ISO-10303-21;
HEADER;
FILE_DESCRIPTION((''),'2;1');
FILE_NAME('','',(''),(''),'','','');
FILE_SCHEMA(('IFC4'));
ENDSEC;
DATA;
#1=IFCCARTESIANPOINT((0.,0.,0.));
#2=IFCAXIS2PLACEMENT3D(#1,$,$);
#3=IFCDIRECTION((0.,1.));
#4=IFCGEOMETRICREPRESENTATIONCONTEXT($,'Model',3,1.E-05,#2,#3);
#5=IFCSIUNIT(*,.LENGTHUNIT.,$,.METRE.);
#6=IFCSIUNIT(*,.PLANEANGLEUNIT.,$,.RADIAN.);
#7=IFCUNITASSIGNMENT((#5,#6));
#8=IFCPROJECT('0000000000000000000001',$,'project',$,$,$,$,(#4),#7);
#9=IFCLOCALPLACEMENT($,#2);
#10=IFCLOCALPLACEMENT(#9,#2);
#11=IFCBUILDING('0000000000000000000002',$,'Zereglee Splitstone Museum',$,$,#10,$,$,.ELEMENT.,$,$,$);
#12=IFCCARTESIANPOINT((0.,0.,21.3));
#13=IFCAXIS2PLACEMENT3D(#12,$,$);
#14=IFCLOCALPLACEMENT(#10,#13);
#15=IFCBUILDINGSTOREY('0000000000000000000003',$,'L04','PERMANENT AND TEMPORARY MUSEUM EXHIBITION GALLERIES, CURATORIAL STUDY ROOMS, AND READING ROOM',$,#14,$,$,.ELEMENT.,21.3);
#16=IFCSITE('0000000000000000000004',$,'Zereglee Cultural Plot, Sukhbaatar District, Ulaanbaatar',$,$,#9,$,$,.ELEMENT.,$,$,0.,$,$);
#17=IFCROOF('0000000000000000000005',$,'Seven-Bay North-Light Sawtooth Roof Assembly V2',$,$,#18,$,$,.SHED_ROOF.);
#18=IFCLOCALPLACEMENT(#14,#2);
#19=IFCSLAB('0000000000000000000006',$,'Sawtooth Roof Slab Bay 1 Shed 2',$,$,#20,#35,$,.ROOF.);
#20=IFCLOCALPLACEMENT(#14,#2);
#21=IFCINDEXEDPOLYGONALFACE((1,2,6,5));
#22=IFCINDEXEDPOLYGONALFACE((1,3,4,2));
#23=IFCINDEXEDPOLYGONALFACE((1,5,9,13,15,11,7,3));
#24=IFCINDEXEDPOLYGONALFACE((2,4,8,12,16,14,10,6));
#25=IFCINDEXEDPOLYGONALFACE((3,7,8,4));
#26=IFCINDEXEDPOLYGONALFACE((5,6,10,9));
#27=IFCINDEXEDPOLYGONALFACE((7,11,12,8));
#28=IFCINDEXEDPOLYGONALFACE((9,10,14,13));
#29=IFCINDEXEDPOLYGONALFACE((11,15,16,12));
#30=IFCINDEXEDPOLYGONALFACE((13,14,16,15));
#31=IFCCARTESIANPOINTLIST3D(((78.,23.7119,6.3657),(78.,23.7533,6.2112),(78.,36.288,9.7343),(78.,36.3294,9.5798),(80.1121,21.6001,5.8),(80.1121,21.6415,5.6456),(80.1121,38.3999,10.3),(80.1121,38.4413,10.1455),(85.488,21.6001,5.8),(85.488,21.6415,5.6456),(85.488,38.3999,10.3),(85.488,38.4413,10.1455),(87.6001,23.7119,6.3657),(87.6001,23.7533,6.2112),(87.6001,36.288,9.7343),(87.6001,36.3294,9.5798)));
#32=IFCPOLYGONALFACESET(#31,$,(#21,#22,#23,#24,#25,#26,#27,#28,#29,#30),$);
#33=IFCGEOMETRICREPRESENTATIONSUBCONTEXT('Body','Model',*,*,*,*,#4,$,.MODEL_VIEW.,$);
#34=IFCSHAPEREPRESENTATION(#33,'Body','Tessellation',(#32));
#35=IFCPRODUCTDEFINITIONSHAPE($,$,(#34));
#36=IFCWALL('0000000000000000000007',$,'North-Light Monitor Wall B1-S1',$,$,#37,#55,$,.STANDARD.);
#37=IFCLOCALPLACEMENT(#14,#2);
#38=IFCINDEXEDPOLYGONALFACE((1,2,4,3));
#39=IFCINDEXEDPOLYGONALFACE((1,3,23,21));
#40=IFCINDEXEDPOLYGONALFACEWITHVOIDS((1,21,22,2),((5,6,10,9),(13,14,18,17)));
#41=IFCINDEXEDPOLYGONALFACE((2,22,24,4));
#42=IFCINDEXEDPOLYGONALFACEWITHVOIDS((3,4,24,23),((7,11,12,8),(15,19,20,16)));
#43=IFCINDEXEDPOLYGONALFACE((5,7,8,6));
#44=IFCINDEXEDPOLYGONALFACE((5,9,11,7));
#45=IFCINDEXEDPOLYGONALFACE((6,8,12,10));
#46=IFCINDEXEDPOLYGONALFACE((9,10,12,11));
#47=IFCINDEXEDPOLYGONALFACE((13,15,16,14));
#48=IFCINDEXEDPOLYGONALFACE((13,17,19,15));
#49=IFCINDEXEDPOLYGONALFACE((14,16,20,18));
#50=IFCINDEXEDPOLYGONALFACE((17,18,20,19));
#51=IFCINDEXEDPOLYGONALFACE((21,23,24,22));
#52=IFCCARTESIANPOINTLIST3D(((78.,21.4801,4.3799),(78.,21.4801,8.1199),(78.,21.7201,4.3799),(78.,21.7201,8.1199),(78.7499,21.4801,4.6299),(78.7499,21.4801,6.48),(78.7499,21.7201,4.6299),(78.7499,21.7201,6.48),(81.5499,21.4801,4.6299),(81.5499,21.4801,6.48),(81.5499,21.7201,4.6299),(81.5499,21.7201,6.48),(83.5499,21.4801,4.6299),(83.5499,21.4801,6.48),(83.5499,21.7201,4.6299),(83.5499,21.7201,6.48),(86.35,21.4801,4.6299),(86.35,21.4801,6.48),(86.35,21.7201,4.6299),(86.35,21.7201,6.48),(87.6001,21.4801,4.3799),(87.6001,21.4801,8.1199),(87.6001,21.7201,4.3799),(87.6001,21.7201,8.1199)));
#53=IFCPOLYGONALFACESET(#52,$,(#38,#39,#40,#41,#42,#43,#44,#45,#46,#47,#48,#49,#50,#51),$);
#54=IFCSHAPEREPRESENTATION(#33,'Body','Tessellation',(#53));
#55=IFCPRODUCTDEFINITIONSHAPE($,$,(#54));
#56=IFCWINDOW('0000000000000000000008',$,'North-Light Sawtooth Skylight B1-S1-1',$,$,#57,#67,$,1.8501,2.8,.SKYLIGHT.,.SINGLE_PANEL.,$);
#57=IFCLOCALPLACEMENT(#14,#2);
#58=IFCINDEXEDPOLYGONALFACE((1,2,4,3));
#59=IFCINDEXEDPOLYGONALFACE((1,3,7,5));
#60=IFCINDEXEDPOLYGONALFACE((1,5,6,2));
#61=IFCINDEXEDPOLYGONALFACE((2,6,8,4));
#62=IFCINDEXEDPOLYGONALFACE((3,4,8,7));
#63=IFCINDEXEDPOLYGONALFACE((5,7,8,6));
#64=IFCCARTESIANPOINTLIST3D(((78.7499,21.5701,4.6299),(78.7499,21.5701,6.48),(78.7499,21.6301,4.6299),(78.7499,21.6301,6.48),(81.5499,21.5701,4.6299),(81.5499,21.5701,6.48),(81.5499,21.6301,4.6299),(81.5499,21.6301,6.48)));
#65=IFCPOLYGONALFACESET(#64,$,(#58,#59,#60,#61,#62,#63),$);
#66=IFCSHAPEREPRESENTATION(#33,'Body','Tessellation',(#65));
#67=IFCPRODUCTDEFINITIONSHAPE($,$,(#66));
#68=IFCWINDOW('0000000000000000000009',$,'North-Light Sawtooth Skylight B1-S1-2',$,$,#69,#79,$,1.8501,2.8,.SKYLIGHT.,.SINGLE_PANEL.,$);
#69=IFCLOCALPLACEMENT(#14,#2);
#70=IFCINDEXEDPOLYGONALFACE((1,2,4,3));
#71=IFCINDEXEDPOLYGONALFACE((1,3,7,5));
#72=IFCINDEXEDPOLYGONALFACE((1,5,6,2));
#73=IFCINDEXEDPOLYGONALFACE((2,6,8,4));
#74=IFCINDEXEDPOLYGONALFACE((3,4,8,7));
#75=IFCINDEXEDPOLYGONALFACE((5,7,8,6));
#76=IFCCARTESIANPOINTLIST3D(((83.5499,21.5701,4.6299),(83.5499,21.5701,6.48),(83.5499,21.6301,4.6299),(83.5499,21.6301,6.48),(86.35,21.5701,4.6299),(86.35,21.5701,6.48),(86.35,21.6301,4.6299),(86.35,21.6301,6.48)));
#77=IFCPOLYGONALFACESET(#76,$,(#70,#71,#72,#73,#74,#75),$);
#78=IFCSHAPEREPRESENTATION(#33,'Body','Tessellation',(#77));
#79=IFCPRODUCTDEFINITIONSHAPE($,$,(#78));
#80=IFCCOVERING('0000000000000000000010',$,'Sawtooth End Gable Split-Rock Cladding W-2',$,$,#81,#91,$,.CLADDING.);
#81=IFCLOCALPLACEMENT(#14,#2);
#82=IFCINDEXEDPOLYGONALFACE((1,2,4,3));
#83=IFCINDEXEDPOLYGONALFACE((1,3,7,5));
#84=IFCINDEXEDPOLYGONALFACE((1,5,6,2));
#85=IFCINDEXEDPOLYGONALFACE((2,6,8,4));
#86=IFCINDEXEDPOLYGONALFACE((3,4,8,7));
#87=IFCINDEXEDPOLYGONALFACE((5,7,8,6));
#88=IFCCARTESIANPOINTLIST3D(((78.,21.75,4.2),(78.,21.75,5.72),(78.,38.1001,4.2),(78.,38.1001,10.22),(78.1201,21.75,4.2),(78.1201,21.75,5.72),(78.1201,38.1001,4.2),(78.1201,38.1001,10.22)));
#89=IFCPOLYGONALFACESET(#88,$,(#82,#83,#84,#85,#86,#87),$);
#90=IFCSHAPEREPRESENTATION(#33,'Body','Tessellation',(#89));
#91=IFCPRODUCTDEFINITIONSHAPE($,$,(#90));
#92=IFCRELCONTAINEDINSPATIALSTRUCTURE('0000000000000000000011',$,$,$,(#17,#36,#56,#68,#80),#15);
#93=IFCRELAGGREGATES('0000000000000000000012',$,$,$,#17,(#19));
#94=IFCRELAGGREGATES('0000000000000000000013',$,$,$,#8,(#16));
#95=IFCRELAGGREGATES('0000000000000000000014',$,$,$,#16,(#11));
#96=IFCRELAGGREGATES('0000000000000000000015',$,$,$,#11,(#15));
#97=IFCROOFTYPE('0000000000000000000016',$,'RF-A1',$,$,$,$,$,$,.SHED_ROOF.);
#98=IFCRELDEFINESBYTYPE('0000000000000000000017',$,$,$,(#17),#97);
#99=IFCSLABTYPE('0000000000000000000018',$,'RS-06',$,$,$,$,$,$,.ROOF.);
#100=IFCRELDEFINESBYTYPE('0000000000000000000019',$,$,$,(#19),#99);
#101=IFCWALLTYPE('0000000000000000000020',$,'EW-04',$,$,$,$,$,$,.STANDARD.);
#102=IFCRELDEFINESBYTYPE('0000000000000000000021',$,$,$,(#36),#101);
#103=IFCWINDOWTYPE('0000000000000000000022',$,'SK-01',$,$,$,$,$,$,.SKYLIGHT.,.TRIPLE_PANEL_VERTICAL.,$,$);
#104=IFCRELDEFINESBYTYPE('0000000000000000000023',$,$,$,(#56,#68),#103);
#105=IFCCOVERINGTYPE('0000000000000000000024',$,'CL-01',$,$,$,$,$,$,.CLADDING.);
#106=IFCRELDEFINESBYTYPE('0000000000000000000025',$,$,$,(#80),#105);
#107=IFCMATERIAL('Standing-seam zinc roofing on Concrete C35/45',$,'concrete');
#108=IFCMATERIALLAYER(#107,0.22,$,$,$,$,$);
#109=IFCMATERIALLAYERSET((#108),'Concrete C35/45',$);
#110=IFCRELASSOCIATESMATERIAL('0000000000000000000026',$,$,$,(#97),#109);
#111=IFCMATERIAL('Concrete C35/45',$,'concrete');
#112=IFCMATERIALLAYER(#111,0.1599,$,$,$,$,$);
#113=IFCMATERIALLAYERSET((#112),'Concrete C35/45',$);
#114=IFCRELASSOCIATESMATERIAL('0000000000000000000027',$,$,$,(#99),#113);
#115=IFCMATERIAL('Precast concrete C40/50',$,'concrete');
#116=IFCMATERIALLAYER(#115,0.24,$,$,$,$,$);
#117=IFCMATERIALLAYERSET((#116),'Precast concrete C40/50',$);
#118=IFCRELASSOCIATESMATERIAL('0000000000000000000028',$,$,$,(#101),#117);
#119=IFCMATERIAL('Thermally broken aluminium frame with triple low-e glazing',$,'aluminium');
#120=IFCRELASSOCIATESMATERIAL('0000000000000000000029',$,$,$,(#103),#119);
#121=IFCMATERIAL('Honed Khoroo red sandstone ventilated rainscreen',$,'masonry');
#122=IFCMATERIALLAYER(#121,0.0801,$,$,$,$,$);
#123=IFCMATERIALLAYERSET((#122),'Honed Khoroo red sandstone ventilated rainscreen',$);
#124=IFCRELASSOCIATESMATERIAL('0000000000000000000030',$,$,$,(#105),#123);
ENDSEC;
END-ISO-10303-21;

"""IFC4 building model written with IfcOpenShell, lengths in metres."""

from ifc_helpers import new_model, si_unit, direction, frame, frame_2d, origin, place, context, subcontext, project, spatial, polyline, rectangle, outline, extrude, material, layer, layer_set, type_object, element, fill, aggregate, save


model = new_model("IFC4")

# Units and contexts
model_context = context("Model", 3, precision=1e-05, world=origin(), true_north=direction((0.0, 1.0)))
body_context = subcontext(model_context, "Body", "Model", "MODEL_VIEW")
ifc_project = project(units=[si_unit("LENGTHUNIT", "METRE"), si_unit("PLANEANGLEUNIT", "RADIAN")], contexts=[model_context])

# Site, building, storey
site_placement = place(None, origin())
site = spatial("IfcSite", under=ifc_project, at=site_placement, Name="Zereglee Cultural Plot, Sukhbaatar District, Ulaanbaatar", CompositionType="ELEMENT", RefElevation=0.0)
building_placement = place(site_placement, origin())
building = spatial("IfcBuilding", under=site, at=building_placement, Name="Zereglee Splitstone Museum", CompositionType="ELEMENT")
storey_placement = place(building_placement, frame((0.0, 0.0, 21.3)))
storey = spatial("IfcBuildingStorey", under=building, at=storey_placement, Name="L04", Description="PERMANENT AND TEMPORARY MUSEUM EXHIBITION GALLERIES, CURATORIAL STUDY ROOMS, AND READING ROOM", CompositionType="ELEMENT", Elevation=21.3)

# Roof, slab
ifc_material_1 = material(Name="Standing-seam zinc roofing on Concrete C35/45", Category="concrete")
ifc_layer_1 = layer(ifc_material_1, 0.22)
ifc_layer_set_1 = layer_set([ifc_layer_1], Name="Concrete C35/45")
roof_type = type_object("IfcRoofType", Name="RF-A1", PredefinedType="SHED_ROOF", material=ifc_layer_set_1)
roof_placement = place(storey_placement, origin())
roof = element("IfcRoof", 1, at=roof_placement, inside=storey, type_object=roof_type, Name="Seven-Bay North-Light Sawtooth Roof Assembly V2", PredefinedType="SHED_ROOF")
ifc_material_2 = material(Name="Concrete C35/45", Category="concrete")
ifc_layer_2 = layer(ifc_material_2, 0.1599)
ifc_layer_set_2 = layer_set([ifc_layer_2], Name="Concrete C35/45")
slab_type = type_object("IfcSlabType", Name="RS-06", PredefinedType="ROOF", material=ifc_layer_set_2)
slab_placement = place(storey_placement, frame((80.1121, 21.6001, 5.8), z_axis=(0.0, -0.258736, 0.965948), x_axis=(1.0, 0.0, 0.0)))
slab = element("IfcSlab", 2, at=slab_placement, type_object=slab_type, Name="Sawtooth Roof Slab Bay 1 Shed 2", PredefinedType="ROOF", context=body_context, shape_type="SweptSolid", body=[
    extrude(outline(polyline([(0.0, 0.0), (5.376, 0.0), (7.488, 2.1863), (7.488, 15.2057), (5.376, 17.3921), (0.0, 17.3921), (-2.1121, 15.2057), (-2.1121, 2.1863), (0.0, 0.0)])), origin(), (0.0, 0.0, -1.0), 0.1599),
])
aggregate(roof, [slab])

# Wall, openings, windows
ifc_material_3 = material(Name="Precast concrete C40/50", Category="concrete")
ifc_layer_3 = layer(ifc_material_3, 0.24)
ifc_layer_set_3 = layer_set([ifc_layer_3], Name="Precast concrete C40/50")
wall_type = type_object("IfcWallType", Name="EW-04", PredefinedType="STANDARD", material=ifc_layer_set_3)
wall_placement = place(storey_placement, frame((78.0, 21.6001, 4.3799), z_axis=(0.0, 0.0, 1.0), x_axis=(1.0, 0.0, 0.0)))
wall = element("IfcWall", 3, at=wall_placement, inside=storey, type_object=wall_type, Name="North-Light Monitor Wall B1-S1", PredefinedType="STANDARD", context=body_context, shape_type="SweptSolid", body=[
    extrude(rectangle(XDim=9.6001, YDim=0.24, at=frame_2d((4.8, 0.0))), origin(), (0.0, 0.0, 1.0), 3.74),
])
opening_1_placement = place(wall_placement, frame((0.75, 0.0, 0.25)))
opening_1 = element("IfcOpeningElement", 4, at=opening_1_placement, cuts=wall, PredefinedType="OPENING", context=body_context, shape_type="SweptSolid", body=[
    extrude(rectangle(XDim=2.8, YDim=1.8501, at=frame_2d((1.3999, 0.925))), frame((0.0, 0.1348, 0.0), z_axis=(0.0, -1.0, 0.0), x_axis=(1.0, 0.0, 0.0)), (0.0, 0.0, 1.0), 0.2698),
])
opening_2_placement = place(wall_placement, frame((5.55, 0.0, 0.25)))
opening_2 = element("IfcOpeningElement", 5, at=opening_2_placement, cuts=wall, PredefinedType="OPENING", context=body_context, shape_type="SweptSolid", body=[
    extrude(rectangle(XDim=2.8, YDim=1.8501, at=frame_2d((1.3999, 0.925))), frame((0.0, 0.1348, 0.0), z_axis=(0.0, -1.0, 0.0), x_axis=(1.0, 0.0, 0.0)), (0.0, 0.0, 1.0), 0.2698),
])
ifc_material_4 = material(Name="Thermally broken aluminium frame with triple low-e glazing", Category="aluminium")
window_type = type_object("IfcWindowType", Name="SK-01", PartitioningType="TRIPLE_PANEL_VERTICAL", PredefinedType="SKYLIGHT", material=ifc_material_4)
window_1_placement = place(opening_1_placement, origin())
window_1 = element("IfcWindow", 6, at=window_1_placement, inside=storey, type_object=window_type, Name="North-Light Sawtooth Skylight B1-S1-1", OverallHeight=1.8501, OverallWidth=2.8, PartitioningType="SINGLE_PANEL", PredefinedType="SKYLIGHT", context=body_context, shape_type="SweptSolid", body=[
    extrude(rectangle(XDim=2.8, YDim=1.8501, at=frame_2d((1.3999, 0.925))), frame((0.0, 0.03, 0.0), z_axis=(0.0, -1.0, 0.0), x_axis=(1.0, 0.0, 0.0)), (0.0, 0.0, 1.0), 0.0601),
])
fill(opening_1, window_1)
window_2_placement = place(opening_2_placement, origin())
window_2 = element("IfcWindow", 7, at=window_2_placement, inside=storey, type_object=window_type, Name="North-Light Sawtooth Skylight B1-S1-2", OverallHeight=1.8501, OverallWidth=2.8, PartitioningType="SINGLE_PANEL", PredefinedType="SKYLIGHT", context=body_context, shape_type="SweptSolid", body=[
    extrude(rectangle(XDim=2.8, YDim=1.8501, at=frame_2d((1.3999, 0.925))), frame((0.0, 0.03, 0.0), z_axis=(0.0, -1.0, 0.0), x_axis=(1.0, 0.0, 0.0)), (0.0, 0.0, 1.0), 0.0601),
])
fill(opening_2, window_2)

# Covering
ifc_material_5 = material(Name="Honed Khoroo red sandstone ventilated rainscreen", Category="masonry")
ifc_layer_4 = layer(ifc_material_5, 0.0801)
ifc_layer_set_4 = layer_set([ifc_layer_4], Name="Honed Khoroo red sandstone ventilated rainscreen")
covering_type = type_object("IfcCoveringType", Name="CL-01", PredefinedType="CLADDING", material=ifc_layer_set_4)
covering_placement = place(storey_placement, frame((78.0, 21.75, 5.72), z_axis=(-1.0, 0.0, 0.0), x_axis=(0.0, 0.964149, 0.265361)))
element("IfcCovering", 8, at=covering_placement, inside=storey, type_object=covering_type, Name="Sawtooth End Gable Split-Rock Cladding W-2", PredefinedType="CLADDING", context=body_context, shape_type="SweptSolid", body=[
    extrude(outline(polyline([(0.0, 0.0), (16.9581, 0.0), (15.3606, 5.8042), (-0.4034, 1.4655), (0.0, 0.0)])), origin(), (0.0, 0.0, -1.0), 0.1201),
])

save(model, "model.ifc")
